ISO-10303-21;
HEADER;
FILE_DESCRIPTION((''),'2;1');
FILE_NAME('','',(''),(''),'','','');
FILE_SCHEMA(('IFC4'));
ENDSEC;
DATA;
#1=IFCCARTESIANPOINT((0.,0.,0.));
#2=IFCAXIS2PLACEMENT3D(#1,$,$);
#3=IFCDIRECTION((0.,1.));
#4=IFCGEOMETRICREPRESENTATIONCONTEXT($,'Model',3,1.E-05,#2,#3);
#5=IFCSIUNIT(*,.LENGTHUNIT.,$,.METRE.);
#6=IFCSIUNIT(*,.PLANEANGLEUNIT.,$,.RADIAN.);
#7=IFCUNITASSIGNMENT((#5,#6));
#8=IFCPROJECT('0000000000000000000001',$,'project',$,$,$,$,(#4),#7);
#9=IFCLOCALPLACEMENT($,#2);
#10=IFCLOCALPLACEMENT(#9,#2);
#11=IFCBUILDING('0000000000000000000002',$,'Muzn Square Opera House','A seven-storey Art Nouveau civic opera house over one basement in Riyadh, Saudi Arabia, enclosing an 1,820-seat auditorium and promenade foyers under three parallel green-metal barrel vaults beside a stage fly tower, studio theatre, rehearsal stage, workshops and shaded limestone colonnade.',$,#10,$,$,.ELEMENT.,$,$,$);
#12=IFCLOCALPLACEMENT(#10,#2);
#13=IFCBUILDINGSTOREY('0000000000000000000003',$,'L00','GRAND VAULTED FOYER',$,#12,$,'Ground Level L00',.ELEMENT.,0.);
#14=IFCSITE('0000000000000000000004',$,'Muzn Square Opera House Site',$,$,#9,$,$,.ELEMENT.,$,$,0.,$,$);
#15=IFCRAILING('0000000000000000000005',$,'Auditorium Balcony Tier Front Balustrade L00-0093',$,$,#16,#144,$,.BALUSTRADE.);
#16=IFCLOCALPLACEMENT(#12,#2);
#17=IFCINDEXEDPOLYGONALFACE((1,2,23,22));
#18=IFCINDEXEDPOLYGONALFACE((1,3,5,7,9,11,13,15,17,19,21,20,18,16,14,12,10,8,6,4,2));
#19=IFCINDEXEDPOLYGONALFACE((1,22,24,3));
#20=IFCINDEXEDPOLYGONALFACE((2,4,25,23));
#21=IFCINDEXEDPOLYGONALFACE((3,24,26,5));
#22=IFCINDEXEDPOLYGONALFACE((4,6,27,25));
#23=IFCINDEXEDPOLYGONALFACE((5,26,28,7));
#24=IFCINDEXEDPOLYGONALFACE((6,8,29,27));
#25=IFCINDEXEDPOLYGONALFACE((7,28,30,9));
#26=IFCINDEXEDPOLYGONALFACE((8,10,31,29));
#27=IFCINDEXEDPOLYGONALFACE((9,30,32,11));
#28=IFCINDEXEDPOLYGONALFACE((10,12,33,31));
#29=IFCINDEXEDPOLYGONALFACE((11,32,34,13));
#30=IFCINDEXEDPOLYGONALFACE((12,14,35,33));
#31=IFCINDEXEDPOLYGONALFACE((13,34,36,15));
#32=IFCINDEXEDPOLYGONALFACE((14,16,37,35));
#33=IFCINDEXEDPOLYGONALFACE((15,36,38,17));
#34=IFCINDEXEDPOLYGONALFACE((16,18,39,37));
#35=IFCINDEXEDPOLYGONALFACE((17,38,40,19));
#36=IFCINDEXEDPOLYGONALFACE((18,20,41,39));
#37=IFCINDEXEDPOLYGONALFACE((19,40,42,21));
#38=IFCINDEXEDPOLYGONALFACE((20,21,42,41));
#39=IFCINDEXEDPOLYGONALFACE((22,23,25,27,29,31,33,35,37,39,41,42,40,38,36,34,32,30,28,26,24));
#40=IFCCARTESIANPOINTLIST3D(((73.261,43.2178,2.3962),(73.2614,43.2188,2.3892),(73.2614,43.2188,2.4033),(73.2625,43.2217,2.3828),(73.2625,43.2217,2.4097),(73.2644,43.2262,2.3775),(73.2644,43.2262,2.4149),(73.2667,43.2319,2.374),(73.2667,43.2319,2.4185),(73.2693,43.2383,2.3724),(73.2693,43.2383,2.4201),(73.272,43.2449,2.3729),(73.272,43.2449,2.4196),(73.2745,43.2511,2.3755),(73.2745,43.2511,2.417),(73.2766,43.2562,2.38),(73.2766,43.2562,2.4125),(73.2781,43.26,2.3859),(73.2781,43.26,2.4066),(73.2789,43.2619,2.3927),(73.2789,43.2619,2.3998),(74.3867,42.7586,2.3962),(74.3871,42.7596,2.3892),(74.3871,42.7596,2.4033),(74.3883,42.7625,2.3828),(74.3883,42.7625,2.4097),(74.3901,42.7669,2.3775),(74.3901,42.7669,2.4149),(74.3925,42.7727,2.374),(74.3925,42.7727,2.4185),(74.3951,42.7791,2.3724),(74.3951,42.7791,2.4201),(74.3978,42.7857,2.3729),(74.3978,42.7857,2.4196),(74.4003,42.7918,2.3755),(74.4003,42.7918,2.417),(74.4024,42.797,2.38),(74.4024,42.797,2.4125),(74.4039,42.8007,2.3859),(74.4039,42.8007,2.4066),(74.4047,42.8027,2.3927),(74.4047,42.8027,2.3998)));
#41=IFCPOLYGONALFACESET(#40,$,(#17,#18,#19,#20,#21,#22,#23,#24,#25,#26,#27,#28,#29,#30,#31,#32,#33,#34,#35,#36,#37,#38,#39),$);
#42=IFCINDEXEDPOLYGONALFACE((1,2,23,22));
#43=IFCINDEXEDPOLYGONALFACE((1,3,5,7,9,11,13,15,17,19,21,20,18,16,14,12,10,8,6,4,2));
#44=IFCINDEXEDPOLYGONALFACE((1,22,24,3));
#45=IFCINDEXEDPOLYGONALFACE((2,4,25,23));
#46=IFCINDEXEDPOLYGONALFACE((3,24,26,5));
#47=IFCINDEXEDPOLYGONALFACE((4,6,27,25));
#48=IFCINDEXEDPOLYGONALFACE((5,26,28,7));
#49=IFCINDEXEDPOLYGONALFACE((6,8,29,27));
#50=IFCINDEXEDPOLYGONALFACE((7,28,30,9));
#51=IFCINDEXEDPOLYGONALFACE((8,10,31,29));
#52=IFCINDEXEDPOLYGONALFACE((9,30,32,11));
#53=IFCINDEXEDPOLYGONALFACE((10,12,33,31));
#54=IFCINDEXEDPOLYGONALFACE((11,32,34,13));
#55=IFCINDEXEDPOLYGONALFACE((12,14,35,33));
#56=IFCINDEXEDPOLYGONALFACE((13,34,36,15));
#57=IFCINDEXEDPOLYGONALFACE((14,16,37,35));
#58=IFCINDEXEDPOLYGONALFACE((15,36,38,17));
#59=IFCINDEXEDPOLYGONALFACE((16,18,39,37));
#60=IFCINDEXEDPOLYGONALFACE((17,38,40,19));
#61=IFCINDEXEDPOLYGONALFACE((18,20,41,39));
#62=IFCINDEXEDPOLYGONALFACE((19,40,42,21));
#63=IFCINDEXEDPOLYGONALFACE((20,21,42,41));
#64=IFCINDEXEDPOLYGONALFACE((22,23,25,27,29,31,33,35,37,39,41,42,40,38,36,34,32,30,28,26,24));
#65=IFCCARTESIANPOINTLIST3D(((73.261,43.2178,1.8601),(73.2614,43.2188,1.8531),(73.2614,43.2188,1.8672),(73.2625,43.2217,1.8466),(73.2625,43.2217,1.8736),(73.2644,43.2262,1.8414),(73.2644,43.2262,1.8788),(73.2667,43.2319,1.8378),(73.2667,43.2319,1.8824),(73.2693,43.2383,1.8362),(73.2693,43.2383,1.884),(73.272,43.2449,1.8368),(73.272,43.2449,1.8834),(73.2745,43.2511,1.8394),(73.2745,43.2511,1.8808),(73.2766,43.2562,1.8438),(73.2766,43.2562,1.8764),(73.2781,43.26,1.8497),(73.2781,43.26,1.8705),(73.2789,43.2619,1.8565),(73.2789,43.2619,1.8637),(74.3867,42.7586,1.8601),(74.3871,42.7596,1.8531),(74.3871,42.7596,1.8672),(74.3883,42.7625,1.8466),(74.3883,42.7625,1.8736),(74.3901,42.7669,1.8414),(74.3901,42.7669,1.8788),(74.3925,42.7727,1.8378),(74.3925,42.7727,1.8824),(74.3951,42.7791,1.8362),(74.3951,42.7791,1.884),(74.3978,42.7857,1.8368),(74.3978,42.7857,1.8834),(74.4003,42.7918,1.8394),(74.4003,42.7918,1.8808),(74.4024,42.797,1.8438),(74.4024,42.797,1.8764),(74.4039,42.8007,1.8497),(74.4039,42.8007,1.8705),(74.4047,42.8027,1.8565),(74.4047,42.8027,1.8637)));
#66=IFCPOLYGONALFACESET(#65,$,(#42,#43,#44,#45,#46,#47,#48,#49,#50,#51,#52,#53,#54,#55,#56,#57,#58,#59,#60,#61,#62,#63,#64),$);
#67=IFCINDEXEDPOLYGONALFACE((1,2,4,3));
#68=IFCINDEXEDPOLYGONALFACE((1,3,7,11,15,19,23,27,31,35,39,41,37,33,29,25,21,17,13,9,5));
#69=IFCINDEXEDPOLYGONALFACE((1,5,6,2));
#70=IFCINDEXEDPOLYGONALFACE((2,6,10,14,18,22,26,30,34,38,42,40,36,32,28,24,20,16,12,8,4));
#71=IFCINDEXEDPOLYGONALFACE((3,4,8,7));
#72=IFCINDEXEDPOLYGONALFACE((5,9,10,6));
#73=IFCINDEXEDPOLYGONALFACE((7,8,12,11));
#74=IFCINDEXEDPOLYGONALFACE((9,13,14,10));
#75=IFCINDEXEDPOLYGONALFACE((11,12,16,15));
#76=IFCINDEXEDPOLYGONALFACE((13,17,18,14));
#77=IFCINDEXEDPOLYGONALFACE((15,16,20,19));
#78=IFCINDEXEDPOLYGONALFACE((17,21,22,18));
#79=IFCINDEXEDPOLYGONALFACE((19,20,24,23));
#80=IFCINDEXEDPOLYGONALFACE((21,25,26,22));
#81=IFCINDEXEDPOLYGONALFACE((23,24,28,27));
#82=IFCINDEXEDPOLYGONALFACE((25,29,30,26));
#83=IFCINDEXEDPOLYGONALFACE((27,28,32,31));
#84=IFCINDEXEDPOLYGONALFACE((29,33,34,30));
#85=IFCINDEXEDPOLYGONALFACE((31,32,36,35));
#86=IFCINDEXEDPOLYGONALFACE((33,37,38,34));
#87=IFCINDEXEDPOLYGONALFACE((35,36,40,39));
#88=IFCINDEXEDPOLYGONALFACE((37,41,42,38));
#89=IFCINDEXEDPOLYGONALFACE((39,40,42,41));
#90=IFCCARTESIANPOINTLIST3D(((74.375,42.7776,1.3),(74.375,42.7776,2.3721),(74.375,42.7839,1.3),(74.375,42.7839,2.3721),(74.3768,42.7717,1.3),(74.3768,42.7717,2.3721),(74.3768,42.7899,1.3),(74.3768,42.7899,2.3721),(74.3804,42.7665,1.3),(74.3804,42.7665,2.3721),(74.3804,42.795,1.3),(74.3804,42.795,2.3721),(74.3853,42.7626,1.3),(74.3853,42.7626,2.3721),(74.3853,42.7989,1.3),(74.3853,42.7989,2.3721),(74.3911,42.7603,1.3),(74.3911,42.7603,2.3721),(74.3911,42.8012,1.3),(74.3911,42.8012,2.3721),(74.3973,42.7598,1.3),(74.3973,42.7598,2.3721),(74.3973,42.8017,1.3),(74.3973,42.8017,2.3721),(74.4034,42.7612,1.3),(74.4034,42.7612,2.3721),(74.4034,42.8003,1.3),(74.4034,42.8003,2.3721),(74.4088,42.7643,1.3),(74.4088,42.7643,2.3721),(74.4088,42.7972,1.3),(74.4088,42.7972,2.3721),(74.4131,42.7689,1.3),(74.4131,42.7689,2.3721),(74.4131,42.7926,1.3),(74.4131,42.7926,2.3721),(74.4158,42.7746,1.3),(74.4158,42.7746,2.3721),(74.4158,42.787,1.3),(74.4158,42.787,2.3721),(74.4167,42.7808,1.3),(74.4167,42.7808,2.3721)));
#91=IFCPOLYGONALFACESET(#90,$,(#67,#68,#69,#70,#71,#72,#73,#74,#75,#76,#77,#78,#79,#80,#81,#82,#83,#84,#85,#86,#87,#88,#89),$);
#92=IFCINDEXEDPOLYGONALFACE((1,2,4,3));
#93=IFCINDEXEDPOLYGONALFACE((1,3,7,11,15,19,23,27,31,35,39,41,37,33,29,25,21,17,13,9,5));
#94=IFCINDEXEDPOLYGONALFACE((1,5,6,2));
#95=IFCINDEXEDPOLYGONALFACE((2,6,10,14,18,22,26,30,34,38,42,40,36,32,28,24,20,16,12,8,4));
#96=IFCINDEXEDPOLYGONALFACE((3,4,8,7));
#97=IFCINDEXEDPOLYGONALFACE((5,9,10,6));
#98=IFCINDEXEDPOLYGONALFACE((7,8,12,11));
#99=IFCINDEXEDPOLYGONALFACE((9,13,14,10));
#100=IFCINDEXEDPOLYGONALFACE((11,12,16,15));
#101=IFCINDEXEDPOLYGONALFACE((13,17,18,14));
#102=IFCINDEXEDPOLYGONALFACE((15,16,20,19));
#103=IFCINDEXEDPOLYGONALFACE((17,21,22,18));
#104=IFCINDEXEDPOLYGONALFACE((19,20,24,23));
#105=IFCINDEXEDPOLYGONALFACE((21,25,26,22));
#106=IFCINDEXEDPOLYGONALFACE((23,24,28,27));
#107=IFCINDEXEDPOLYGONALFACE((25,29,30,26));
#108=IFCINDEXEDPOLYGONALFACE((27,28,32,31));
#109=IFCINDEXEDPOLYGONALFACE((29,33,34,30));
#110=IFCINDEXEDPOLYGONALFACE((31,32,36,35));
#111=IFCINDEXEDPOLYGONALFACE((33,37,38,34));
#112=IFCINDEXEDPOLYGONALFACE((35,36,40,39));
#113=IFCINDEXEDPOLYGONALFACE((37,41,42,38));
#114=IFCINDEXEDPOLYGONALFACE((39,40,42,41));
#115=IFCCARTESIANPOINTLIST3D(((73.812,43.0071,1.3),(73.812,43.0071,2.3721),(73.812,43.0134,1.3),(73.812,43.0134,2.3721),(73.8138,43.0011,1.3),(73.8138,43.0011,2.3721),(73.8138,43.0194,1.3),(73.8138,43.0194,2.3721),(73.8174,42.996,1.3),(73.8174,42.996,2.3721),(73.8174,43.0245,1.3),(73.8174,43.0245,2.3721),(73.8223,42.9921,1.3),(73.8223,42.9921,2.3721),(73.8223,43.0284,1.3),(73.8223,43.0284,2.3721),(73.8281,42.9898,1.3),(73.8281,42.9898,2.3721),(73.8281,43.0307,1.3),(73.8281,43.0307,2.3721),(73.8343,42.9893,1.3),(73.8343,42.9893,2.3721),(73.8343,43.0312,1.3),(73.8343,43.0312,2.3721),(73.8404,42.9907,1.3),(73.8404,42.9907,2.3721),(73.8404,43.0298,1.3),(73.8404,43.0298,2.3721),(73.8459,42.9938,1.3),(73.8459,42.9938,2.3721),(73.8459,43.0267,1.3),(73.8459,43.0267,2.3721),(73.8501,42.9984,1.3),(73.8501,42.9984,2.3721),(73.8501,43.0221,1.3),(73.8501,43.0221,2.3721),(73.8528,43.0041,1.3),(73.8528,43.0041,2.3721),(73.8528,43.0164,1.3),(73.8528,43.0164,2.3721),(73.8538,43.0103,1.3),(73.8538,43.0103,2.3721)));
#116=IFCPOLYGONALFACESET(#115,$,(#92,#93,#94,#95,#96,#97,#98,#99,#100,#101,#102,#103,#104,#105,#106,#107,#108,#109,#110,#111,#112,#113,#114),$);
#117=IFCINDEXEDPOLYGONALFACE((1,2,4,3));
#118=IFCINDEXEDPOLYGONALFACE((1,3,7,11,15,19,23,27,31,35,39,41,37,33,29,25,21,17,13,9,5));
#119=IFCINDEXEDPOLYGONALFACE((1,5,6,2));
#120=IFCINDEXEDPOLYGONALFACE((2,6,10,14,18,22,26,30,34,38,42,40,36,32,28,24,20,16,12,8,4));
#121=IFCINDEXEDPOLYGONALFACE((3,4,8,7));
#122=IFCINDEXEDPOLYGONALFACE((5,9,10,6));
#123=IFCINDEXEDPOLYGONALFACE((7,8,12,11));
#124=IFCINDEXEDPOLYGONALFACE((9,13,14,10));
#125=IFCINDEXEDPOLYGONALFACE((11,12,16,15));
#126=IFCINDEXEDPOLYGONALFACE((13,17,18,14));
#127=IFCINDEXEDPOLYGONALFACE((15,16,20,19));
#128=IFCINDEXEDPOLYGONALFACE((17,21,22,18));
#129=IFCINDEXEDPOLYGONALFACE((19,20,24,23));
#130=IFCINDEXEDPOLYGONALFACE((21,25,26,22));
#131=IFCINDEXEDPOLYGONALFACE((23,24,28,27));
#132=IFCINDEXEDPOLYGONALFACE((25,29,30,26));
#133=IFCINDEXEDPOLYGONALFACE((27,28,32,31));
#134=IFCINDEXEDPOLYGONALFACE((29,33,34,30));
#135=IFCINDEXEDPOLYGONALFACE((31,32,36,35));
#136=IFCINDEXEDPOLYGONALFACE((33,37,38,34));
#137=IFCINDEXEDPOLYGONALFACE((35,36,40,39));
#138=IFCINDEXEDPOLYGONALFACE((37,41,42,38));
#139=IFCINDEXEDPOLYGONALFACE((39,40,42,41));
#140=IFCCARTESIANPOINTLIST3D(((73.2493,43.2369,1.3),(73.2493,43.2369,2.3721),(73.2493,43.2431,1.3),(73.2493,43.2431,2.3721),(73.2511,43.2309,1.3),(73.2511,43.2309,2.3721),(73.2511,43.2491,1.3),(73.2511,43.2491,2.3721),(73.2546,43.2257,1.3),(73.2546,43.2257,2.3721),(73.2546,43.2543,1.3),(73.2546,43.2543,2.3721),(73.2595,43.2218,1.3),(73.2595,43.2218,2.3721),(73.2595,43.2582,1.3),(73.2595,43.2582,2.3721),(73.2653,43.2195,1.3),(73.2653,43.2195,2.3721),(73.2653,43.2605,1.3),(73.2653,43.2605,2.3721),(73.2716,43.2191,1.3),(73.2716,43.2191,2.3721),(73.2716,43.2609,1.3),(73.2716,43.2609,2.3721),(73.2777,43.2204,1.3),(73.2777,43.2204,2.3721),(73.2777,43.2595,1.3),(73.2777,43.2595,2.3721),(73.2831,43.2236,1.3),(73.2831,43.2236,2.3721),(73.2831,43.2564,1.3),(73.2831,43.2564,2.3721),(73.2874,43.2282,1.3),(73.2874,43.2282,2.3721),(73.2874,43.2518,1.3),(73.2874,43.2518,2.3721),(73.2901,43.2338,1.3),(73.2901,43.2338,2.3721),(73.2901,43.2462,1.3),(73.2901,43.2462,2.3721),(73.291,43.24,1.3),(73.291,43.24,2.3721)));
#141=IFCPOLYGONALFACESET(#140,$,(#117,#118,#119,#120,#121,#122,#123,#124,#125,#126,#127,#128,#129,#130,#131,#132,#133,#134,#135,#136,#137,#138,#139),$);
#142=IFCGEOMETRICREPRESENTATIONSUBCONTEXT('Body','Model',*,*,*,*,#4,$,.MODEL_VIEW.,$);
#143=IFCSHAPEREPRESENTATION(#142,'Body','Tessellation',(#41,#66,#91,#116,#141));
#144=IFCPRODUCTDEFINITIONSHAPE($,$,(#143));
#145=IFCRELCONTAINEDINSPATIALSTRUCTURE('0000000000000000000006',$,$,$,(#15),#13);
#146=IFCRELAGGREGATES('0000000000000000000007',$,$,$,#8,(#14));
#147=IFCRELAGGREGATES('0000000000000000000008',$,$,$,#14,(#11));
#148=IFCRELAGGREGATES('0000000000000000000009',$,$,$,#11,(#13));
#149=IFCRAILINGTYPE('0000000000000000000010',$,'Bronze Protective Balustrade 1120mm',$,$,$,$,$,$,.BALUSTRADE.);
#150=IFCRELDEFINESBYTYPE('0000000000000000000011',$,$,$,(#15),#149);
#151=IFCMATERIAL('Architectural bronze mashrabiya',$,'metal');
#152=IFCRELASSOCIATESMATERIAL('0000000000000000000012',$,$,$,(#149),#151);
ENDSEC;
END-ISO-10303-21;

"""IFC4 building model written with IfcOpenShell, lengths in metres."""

from ifc_helpers import new_model, si_unit, direction, frame, origin, origin_2d, place, context, subcontext, project, spatial, circle, extrude, material, type_object, element, save


model = new_model("IFC4")

# Units and contexts
model_context = context("Model", 3, precision=1e-05, world=origin(), true_north=direction((0.0, 1.0)))
body_context = subcontext(model_context, "Body", "Model", "MODEL_VIEW")
ifc_project = project(units=[si_unit("LENGTHUNIT", "METRE"), si_unit("PLANEANGLEUNIT", "RADIAN")], contexts=[model_context])

# Site, building, storey
site_placement = place(None, origin())
site = spatial("IfcSite", under=ifc_project, at=site_placement, Name="Muzn Square Opera House Site", CompositionType="ELEMENT", RefElevation=0.0)
building_placement = place(site_placement, origin())
building = spatial("IfcBuilding", under=site, at=building_placement, Name="Muzn Square Opera House", Description="A seven-storey Art Nouveau civic opera house over one basement in Riyadh, Saudi Arabia, enclosing an 1,820-seat auditorium and promenade foyers under three parallel green-metal barrel vaults beside a stage fly tower, studio theatre, rehearsal stage, workshops and shaded limestone colonnade.", CompositionType="ELEMENT")
storey_placement = place(building_placement, origin())
storey = spatial("IfcBuildingStorey", under=building, at=storey_placement, Name="L00", Description="GRAND VAULTED FOYER", LongName="Ground Level L00", CompositionType="ELEMENT", Elevation=0.0)

# Railing
ifc_material_1 = material(Name="Architectural bronze mashrabiya", Category="metal")
railing_type = type_object("IfcRailingType", Name="Bronze Protective Balustrade 1120mm", PredefinedType="BALUSTRADE", material=ifc_material_1)
railing_1_placement = place(storey_placement, frame((74.3958, 42.7808, 1.3)))
element("IfcRailing", 1, at=railing_1_placement, inside=storey, type_object=railing_type, Name="Auditorium Balcony Tier Front Balustrade L00-0093", PredefinedType="BALUSTRADE", context=body_context, shape_type="SweptSolid", body=[
    extrude(circle(Radius=0.0239, at=origin_2d()), frame((0.0, 0.0, 1.0962), z_axis=(-0.925921, 0.377718, 0.0), x_axis=(-0.377718, -0.925921, 0.0)), (0.0, 0.0, 1.0), 1.2158),
    extrude(circle(Radius=0.0239, at=origin_2d()), frame((0.0, 0.0, 0.5601), z_axis=(-0.925921, 0.377718, 0.0), x_axis=(-0.377718, -0.925921, 0.0)), (0.0, 0.0, 1.0), 1.2158),
    extrude(circle(Radius=0.021, at=origin_2d()), origin(), (0.0, 0.0, 1.0), 1.072),
    extrude(circle(Radius=0.021, at=origin_2d()), frame((-0.563, 0.2295, 0.0)), (0.0, 0.0, 1.0), 1.072),
    extrude(circle(Radius=0.021, at=origin_2d()), frame((-1.1257, 0.4592, 0.0)), (0.0, 0.0, 1.0), 1.072),
])

save(model, "model.ifc")
